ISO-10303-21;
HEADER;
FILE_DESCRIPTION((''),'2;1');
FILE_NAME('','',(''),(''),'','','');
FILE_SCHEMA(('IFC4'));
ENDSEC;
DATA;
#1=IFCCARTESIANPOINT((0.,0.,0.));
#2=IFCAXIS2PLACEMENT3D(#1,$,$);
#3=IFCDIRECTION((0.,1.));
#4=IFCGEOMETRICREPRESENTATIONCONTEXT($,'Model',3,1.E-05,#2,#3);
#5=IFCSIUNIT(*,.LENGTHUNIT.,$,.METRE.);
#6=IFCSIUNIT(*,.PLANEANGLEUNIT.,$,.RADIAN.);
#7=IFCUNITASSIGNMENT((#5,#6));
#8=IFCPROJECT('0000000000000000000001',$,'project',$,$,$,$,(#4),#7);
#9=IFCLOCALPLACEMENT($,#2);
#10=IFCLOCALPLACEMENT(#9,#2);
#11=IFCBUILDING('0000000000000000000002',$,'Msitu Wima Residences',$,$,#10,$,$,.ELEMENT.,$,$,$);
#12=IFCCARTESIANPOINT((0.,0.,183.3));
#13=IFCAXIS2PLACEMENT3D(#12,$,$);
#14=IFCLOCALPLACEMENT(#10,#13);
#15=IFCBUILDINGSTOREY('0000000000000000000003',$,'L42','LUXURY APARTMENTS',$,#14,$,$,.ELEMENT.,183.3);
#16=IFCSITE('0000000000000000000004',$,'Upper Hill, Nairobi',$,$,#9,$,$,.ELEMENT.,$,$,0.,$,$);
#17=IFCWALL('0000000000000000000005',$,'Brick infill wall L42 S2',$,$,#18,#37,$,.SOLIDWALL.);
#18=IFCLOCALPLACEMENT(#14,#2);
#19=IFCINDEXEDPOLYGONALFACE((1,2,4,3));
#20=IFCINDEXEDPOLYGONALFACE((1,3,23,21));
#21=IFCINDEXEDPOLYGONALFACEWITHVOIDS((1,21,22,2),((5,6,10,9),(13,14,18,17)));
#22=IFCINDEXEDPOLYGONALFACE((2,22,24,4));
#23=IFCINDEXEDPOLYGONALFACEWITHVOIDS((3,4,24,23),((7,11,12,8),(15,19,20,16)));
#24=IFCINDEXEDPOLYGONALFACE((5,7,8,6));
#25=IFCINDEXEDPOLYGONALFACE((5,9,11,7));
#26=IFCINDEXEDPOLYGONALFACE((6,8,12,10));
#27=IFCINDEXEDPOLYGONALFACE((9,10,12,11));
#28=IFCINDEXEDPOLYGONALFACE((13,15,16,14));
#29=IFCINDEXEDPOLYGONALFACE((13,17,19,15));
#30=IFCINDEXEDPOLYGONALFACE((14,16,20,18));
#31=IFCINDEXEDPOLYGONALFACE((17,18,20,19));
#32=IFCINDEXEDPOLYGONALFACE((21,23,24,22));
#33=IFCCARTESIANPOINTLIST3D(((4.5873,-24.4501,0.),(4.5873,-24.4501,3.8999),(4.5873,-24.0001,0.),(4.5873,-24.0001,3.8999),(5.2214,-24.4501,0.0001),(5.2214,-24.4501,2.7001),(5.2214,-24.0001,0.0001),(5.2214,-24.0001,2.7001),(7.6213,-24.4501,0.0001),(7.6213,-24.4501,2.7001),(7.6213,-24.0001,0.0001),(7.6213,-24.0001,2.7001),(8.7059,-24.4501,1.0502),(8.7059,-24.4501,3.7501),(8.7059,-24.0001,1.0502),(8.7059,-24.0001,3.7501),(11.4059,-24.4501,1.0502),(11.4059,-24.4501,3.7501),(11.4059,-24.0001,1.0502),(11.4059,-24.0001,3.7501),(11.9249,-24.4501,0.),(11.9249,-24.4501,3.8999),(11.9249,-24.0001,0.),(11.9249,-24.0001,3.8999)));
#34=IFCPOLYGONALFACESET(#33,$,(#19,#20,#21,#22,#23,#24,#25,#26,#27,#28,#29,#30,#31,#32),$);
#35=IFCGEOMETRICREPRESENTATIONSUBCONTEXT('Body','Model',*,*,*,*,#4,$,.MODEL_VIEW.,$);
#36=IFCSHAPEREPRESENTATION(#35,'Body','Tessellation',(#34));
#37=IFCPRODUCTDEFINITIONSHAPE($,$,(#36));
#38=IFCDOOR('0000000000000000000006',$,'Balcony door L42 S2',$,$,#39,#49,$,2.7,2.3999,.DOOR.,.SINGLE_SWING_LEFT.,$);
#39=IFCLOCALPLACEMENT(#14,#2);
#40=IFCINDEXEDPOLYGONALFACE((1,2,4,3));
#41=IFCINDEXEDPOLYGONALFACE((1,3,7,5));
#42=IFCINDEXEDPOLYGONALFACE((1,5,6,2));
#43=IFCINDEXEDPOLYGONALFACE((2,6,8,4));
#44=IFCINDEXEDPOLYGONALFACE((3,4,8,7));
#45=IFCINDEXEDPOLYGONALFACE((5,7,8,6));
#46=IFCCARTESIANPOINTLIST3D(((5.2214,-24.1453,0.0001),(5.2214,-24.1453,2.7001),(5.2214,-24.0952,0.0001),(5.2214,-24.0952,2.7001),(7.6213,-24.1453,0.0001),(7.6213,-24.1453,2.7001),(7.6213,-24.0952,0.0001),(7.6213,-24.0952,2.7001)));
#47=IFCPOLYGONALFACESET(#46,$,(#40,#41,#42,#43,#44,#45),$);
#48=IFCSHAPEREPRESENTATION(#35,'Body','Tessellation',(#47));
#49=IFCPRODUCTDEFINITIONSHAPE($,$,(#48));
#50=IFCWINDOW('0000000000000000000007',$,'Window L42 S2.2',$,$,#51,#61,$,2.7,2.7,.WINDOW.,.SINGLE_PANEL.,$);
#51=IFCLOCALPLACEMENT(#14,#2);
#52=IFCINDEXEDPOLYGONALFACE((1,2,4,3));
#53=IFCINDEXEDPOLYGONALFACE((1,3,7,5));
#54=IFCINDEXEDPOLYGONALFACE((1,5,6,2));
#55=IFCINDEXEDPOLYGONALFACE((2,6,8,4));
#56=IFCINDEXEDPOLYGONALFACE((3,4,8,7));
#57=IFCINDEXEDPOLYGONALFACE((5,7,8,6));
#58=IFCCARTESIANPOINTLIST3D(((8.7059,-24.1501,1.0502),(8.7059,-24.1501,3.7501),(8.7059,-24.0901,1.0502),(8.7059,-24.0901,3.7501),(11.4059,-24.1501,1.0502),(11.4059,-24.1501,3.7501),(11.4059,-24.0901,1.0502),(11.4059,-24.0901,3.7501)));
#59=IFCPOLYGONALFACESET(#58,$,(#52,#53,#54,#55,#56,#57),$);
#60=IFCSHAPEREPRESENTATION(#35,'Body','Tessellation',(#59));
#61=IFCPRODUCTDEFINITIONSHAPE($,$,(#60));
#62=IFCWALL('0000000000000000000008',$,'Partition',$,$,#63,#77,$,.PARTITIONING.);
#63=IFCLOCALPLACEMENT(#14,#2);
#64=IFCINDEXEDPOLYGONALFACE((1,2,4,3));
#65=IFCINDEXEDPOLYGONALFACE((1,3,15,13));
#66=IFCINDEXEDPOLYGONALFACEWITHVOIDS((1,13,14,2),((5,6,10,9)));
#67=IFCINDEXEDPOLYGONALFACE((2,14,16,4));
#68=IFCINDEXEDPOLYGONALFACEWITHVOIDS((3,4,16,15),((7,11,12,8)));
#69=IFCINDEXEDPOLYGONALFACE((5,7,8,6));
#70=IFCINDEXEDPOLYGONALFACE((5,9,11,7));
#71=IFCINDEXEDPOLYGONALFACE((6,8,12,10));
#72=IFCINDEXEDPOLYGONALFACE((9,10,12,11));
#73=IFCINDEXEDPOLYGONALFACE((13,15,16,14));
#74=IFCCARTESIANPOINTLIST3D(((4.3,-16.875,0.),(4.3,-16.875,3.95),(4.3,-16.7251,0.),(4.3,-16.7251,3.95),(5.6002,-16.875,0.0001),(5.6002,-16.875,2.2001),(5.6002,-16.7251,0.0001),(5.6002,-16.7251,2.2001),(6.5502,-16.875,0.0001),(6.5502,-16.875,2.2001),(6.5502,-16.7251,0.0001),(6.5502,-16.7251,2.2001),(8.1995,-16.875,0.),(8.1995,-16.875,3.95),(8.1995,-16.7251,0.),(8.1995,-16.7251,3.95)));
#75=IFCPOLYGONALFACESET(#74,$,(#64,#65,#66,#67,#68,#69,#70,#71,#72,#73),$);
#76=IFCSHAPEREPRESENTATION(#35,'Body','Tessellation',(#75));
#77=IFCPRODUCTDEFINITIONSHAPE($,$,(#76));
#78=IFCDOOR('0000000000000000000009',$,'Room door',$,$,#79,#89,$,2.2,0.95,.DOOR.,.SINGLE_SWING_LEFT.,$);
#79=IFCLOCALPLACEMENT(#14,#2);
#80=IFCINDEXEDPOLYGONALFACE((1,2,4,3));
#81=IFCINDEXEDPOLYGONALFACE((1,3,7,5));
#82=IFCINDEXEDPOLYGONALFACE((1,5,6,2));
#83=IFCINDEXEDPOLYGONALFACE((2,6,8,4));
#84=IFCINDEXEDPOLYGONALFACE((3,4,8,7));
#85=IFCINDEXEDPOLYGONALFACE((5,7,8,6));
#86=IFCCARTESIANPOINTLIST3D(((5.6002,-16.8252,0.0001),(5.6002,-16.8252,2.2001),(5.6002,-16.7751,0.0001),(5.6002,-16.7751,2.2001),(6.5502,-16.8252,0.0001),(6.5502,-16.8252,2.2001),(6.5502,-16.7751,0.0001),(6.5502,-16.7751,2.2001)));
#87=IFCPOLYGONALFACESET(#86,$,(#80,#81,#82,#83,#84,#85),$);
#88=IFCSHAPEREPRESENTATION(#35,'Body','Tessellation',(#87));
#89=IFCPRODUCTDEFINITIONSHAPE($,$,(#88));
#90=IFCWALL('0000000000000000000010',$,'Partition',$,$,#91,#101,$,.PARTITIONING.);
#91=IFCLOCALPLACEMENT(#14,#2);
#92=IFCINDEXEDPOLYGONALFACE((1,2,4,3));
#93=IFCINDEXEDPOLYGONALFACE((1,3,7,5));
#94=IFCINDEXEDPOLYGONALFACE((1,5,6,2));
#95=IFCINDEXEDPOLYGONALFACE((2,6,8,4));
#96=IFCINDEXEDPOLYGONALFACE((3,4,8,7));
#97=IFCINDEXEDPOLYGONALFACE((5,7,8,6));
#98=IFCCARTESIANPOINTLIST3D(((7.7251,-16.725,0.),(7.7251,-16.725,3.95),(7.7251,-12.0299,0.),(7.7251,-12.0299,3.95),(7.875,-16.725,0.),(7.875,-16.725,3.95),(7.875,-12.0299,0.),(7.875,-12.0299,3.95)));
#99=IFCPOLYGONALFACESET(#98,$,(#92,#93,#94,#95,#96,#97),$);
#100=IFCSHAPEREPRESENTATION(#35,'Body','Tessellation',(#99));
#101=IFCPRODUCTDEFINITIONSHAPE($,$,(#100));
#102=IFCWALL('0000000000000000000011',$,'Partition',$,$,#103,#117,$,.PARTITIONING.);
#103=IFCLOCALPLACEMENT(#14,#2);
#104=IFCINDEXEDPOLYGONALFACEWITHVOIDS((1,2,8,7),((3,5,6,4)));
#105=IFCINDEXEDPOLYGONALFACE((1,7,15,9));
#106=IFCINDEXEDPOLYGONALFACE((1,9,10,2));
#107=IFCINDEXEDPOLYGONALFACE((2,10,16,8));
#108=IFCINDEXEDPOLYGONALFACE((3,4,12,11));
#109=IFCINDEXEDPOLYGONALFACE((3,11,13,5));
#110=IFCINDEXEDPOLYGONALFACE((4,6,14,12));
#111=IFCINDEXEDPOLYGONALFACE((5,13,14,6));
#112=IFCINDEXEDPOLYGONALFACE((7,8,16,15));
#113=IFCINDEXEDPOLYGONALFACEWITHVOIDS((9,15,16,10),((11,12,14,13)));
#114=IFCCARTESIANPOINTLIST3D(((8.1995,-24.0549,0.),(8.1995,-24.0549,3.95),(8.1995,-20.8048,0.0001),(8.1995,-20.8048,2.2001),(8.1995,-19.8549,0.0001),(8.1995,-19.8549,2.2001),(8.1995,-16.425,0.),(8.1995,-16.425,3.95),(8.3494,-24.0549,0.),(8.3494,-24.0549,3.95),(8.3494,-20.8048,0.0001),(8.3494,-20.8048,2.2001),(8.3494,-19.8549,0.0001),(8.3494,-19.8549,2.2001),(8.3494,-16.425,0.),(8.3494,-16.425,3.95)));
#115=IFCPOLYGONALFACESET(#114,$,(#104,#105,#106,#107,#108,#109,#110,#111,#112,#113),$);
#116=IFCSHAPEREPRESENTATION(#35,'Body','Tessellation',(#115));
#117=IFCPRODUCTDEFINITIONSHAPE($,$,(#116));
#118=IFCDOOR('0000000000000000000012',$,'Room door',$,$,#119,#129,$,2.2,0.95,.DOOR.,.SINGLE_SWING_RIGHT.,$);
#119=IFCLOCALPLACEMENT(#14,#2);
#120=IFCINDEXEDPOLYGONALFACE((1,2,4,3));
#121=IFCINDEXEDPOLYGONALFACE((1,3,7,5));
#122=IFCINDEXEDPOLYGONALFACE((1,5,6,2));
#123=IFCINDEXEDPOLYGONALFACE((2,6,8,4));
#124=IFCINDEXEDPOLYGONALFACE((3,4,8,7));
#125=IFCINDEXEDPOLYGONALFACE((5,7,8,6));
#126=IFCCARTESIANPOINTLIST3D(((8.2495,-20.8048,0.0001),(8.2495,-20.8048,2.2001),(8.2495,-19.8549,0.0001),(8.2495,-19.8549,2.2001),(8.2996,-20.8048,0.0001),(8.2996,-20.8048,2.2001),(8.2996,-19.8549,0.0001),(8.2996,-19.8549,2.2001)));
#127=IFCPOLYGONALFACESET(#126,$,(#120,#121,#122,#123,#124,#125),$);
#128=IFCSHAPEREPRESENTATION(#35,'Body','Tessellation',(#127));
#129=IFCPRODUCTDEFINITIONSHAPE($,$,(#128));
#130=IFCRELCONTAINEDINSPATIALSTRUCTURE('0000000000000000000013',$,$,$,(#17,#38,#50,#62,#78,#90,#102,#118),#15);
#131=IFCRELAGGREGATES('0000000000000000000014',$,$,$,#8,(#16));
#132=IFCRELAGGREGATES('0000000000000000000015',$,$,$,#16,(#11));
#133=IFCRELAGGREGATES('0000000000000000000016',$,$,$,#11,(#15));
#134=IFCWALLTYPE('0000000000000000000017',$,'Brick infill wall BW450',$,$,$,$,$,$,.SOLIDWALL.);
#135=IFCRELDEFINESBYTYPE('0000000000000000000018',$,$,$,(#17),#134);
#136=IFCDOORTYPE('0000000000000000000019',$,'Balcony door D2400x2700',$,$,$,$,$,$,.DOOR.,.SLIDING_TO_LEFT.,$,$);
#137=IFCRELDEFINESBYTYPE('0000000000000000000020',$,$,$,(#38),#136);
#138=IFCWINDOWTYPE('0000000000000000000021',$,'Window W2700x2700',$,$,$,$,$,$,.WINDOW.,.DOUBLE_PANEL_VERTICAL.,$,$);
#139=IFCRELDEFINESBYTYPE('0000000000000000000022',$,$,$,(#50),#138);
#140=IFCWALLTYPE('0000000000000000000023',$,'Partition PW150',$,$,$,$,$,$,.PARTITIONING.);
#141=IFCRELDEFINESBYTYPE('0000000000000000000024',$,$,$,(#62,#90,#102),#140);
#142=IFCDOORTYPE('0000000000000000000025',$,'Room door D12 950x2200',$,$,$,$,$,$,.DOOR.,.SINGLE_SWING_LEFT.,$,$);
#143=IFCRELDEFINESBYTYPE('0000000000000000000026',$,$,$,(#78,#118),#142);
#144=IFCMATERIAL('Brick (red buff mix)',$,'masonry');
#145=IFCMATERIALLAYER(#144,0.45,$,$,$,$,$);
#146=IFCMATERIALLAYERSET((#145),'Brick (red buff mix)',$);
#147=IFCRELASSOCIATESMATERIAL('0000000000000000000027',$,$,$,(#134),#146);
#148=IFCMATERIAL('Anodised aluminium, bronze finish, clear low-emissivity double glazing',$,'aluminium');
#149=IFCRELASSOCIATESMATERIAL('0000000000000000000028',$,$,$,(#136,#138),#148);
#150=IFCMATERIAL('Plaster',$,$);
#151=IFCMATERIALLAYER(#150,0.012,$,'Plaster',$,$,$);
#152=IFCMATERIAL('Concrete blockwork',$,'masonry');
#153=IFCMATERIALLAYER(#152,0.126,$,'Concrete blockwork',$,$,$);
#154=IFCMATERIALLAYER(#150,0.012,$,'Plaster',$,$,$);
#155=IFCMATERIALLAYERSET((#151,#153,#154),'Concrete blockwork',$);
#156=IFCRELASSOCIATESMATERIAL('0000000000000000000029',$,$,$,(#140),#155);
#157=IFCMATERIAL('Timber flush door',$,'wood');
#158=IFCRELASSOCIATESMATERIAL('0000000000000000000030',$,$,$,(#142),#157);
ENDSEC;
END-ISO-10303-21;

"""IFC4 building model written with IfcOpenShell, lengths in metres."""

from ifc_helpers import new_model, si_unit, direction, frame, frame_2d, origin, place, context, subcontext, project, spatial, rectangle, extrude, material, layer, layer_set, type_object, element, fill, save


model = new_model("IFC4")

# Units and contexts
model_context = context("Model", 3, precision=1e-05, world=origin(), true_north=direction((0.0, 1.0)))
body_context = subcontext(model_context, "Body", "Model", "MODEL_VIEW")
ifc_project = project(units=[si_unit("LENGTHUNIT", "METRE"), si_unit("PLANEANGLEUNIT", "RADIAN")], contexts=[model_context])

# Site, building, storey
site_placement = place(None, origin())
site = spatial("IfcSite", under=ifc_project, at=site_placement, Name="Upper Hill, Nairobi", CompositionType="ELEMENT", RefElevation=0.0)
building_placement = place(site_placement, origin())
building = spatial("IfcBuilding", under=site, at=building_placement, Name="Msitu Wima Residences", CompositionType="ELEMENT")
storey_placement = place(building_placement, frame((0.0, 0.0, 183.3)))
storey = spatial("IfcBuildingStorey", under=building, at=storey_placement, Name="L42", Description="LUXURY APARTMENTS", CompositionType="ELEMENT", Elevation=183.3)

# Wall, openings, door, window
ifc_material_1 = material(Name="Brick (red buff mix)", Category="masonry")
ifc_layer_1 = layer(ifc_material_1, 0.45)
ifc_layer_set_1 = layer_set([ifc_layer_1], Name="Brick (red buff mix)")
wall_type_1 = type_object("IfcWallType", Name="Brick infill wall BW450", PredefinedType="SOLIDWALL", material=ifc_layer_set_1)
wall_1_placement = place(storey_placement, frame((4.5872, -24.2251, 0.0), z_axis=(0.0, 0.0, 1.0), x_axis=(1.0, 0.0, 0.0)))
wall_1 = element("IfcWall", 1, at=wall_1_placement, inside=storey, type_object=wall_type_1, Name="Brick infill wall L42 S2", PredefinedType="SOLIDWALL", context=body_context, shape_type="SweptSolid", body=[
    extrude(rectangle(XDim=7.3376, YDim=0.45, at=frame_2d((3.6689, 0.0))), origin(), (0.0, 0.0, 1.0), 3.8999),
])
opening_1_placement = place(wall_1_placement, frame((0.6343, 0.0, 0.0)))
opening_1 = element("IfcOpeningElement", 2, at=opening_1_placement, cuts=wall_1, PredefinedType="OPENING", context=body_context, shape_type="SweptSolid", body=[
    extrude(rectangle(XDim=2.3999, YDim=2.7, at=frame_2d((1.2, 1.3501))), frame((0.0, 0.2349, 0.0), z_axis=(0.0, -1.0, 0.0), x_axis=(1.0, 0.0, 0.0)), (0.0, 0.0, 1.0), 0.47),
])
opening_2_placement = place(wall_1_placement, frame((4.1187, 0.0, 1.05)))
opening_2 = element("IfcOpeningElement", 3, at=opening_2_placement, cuts=wall_1, PredefinedType="OPENING", context=body_context, shape_type="SweptSolid", body=[
    extrude(rectangle(XDim=2.7, YDim=2.7, at=frame_2d((1.3501, 1.3501))), frame((0.0, 0.2349, 0.0), z_axis=(0.0, -1.0, 0.0), x_axis=(1.0, 0.0, 0.0)), (0.0, 0.0, 1.0), 0.47),
])
ifc_material_2 = material(Name="Anodised aluminium, bronze finish, clear low-emissivity double glazing", Category="aluminium")
door_type_1 = type_object("IfcDoorType", Name="Balcony door D2400x2700", OperationType="SLIDING_TO_LEFT", PredefinedType="DOOR", material=ifc_material_2)
door_1_placement = place(opening_1_placement, origin())
door_1 = element("IfcDoor", 4, at=door_1_placement, inside=storey, type_object=door_type_1, Name="Balcony door L42 S2", OperationType="SINGLE_SWING_LEFT", OverallHeight=2.7, OverallWidth=2.3999, PredefinedType="DOOR", context=body_context, shape_type="SweptSolid", body=[
    extrude(rectangle(XDim=2.3999, YDim=2.7, at=frame_2d((1.2, 1.3501))), frame((0.0, 0.1299, 0.0), z_axis=(0.0, -1.0, 0.0), x_axis=(1.0, 0.0, 0.0)), (0.0, 0.0, 1.0), 0.05),
])
fill(opening_1, door_1)
window_type = type_object("IfcWindowType", Name="Window W2700x2700", PartitioningType="DOUBLE_PANEL_VERTICAL", PredefinedType="WINDOW", material=ifc_material_2)
window_placement = place(opening_2_placement, origin())
window = element("IfcWindow", 5, at=window_placement, inside=storey, type_object=window_type, Name="Window L42 S2.2", OverallHeight=2.7, OverallWidth=2.7, PartitioningType="SINGLE_PANEL", PredefinedType="WINDOW", context=body_context, shape_type="SweptSolid", body=[
    extrude(rectangle(XDim=2.7, YDim=2.7, at=frame_2d((1.3501, 1.3501))), frame((0.0, 0.135, 0.0), z_axis=(0.0, -1.0, 0.0), x_axis=(1.0, 0.0, 0.0)), (0.0, 0.0, 1.0), 0.0601),
])
fill(opening_2, window)

# Wall, opening, door
ifc_material_3 = material(Name="Plaster")
ifc_layer_2 = layer(ifc_material_3, 0.012, Name="Plaster")
ifc_material_4 = material(Name="Concrete blockwork", Category="masonry")
ifc_layer_3 = layer(ifc_material_4, 0.126, Name="Concrete blockwork")
ifc_layer_4 = layer(ifc_material_3, 0.012, Name="Plaster")
ifc_layer_set_2 = layer_set([ifc_layer_2, ifc_layer_3, ifc_layer_4], Name="Concrete blockwork")
wall_type_2 = type_object("IfcWallType", Name="Partition PW150", PredefinedType="PARTITIONING", material=ifc_layer_set_2)
wall_2_placement = place(storey_placement, frame((4.3, -16.8, 0.0), z_axis=(0.0, 0.0, 1.0), x_axis=(1.0, 0.0, 0.0)))
wall_2 = element("IfcWall", 6, at=wall_2_placement, inside=storey, type_object=wall_type_2, Name="Partition", PredefinedType="PARTITIONING", context=body_context, shape_type="SweptSolid", body=[
    extrude(rectangle(XDim=3.8994, YDim=0.1499, at=frame_2d((1.9497, 0.0))), origin(), (0.0, 0.0, 1.0), 3.95),
])
opening_3_placement = place(wall_2_placement, frame((1.3, 0.0, 0.0)))
opening_3 = element("IfcOpeningElement", 7, at=opening_3_placement, cuts=wall_2, PredefinedType="OPENING", context=body_context, shape_type="SweptSolid", body=[
    extrude(rectangle(XDim=0.95, YDim=2.2, at=frame_2d((0.4751, 1.1001))), frame((0.0, 0.085, 0.0), z_axis=(0.0, -1.0, 0.0), x_axis=(1.0, 0.0, 0.0)), (0.0, 0.0, 1.0), 0.1699),
])
ifc_material_5 = material(Name="Timber flush door", Category="wood")
door_type_2 = type_object("IfcDoorType", Name="Room door D12 950x2200", OperationType="SINGLE_SWING_LEFT", PredefinedType="DOOR", material=ifc_material_5)
door_2_placement = place(opening_3_placement, origin())
door_2 = element("IfcDoor", 8, at=door_2_placement, inside=storey, type_object=door_type_2, Name="Room door", OperationType="SINGLE_SWING_LEFT", OverallHeight=2.2, OverallWidth=0.95, PredefinedType="DOOR", context=body_context, shape_type="SweptSolid", body=[
    extrude(rectangle(XDim=0.95, YDim=2.2, at=frame_2d((0.4751, 1.1001))), frame((0.0, 0.0249, 0.0), z_axis=(0.0, -1.0, 0.0), x_axis=(1.0, 0.0, 0.0)), (0.0, 0.0, 1.0), 0.05),
])
fill(opening_3, door_2)

# Wall
wall_3_placement = place(storey_placement, frame((7.8, -16.7251, 0.0), z_axis=(0.0, 0.0, 1.0), x_axis=(0.0, 1.0, 0.0)))
element("IfcWall", 9, at=wall_3_placement, inside=storey, type_object=wall_type_2, Name="Partition", PredefinedType="PARTITIONING", context=body_context, shape_type="SweptSolid", body=[
    extrude(rectangle(XDim=4.6951, YDim=0.1499, at=frame_2d((2.3477, 0.0))), origin(), (0.0, 0.0, 1.0), 3.95),
])

# Wall, opening, door
wall_4_placement = place(storey_placement, frame((8.2744, -24.0549, 0.0), z_axis=(0.0, 0.0, 1.0), x_axis=(0.0, 1.0, 0.0)))
wall_4 = element("IfcWall", 10, at=wall_4_placement, inside=storey, type_object=wall_type_2, Name="Partition", PredefinedType="PARTITIONING", context=body_context, shape_type="SweptSolid", body=[
    extrude(rectangle(XDim=7.6299, YDim=0.1499, at=frame_2d((3.8149, 0.0))), origin(), (0.0, 0.0, 1.0), 3.95),
])
opening_4_placement = place(wall_4_placement, frame((3.25, 0.0, 0.0)))
opening_4 = element("IfcOpeningElement", 11, at=opening_4_placement, cuts=wall_4, PredefinedType="OPENING", context=body_context, shape_type="SweptSolid", body=[
    extrude(rectangle(XDim=0.95, YDim=2.2, at=frame_2d((0.4751, 1.1001))), frame((0.0, 0.085, 0.0), z_axis=(0.0, -1.0, 0.0), x_axis=(1.0, 0.0, 0.0)), (0.0, 0.0, 1.0), 0.1699),
])
door_3_placement = place(opening_4_placement, origin())
door_3 = element("IfcDoor", 12, at=door_3_placement, inside=storey, type_object=door_type_2, Name="Room door", OperationType="SINGLE_SWING_RIGHT", OverallHeight=2.2, OverallWidth=0.95, PredefinedType="DOOR", context=body_context, shape_type="SweptSolid", body=[
    extrude(rectangle(XDim=0.95, YDim=2.2, at=frame_2d((0.4751, 1.1001))), frame((0.0, 0.0249, 0.0), z_axis=(0.0, -1.0, 0.0), x_axis=(1.0, 0.0, 0.0)), (0.0, 0.0, 1.0), 0.05),
])
fill(opening_4, door_3)

save(model, "model.ifc")
